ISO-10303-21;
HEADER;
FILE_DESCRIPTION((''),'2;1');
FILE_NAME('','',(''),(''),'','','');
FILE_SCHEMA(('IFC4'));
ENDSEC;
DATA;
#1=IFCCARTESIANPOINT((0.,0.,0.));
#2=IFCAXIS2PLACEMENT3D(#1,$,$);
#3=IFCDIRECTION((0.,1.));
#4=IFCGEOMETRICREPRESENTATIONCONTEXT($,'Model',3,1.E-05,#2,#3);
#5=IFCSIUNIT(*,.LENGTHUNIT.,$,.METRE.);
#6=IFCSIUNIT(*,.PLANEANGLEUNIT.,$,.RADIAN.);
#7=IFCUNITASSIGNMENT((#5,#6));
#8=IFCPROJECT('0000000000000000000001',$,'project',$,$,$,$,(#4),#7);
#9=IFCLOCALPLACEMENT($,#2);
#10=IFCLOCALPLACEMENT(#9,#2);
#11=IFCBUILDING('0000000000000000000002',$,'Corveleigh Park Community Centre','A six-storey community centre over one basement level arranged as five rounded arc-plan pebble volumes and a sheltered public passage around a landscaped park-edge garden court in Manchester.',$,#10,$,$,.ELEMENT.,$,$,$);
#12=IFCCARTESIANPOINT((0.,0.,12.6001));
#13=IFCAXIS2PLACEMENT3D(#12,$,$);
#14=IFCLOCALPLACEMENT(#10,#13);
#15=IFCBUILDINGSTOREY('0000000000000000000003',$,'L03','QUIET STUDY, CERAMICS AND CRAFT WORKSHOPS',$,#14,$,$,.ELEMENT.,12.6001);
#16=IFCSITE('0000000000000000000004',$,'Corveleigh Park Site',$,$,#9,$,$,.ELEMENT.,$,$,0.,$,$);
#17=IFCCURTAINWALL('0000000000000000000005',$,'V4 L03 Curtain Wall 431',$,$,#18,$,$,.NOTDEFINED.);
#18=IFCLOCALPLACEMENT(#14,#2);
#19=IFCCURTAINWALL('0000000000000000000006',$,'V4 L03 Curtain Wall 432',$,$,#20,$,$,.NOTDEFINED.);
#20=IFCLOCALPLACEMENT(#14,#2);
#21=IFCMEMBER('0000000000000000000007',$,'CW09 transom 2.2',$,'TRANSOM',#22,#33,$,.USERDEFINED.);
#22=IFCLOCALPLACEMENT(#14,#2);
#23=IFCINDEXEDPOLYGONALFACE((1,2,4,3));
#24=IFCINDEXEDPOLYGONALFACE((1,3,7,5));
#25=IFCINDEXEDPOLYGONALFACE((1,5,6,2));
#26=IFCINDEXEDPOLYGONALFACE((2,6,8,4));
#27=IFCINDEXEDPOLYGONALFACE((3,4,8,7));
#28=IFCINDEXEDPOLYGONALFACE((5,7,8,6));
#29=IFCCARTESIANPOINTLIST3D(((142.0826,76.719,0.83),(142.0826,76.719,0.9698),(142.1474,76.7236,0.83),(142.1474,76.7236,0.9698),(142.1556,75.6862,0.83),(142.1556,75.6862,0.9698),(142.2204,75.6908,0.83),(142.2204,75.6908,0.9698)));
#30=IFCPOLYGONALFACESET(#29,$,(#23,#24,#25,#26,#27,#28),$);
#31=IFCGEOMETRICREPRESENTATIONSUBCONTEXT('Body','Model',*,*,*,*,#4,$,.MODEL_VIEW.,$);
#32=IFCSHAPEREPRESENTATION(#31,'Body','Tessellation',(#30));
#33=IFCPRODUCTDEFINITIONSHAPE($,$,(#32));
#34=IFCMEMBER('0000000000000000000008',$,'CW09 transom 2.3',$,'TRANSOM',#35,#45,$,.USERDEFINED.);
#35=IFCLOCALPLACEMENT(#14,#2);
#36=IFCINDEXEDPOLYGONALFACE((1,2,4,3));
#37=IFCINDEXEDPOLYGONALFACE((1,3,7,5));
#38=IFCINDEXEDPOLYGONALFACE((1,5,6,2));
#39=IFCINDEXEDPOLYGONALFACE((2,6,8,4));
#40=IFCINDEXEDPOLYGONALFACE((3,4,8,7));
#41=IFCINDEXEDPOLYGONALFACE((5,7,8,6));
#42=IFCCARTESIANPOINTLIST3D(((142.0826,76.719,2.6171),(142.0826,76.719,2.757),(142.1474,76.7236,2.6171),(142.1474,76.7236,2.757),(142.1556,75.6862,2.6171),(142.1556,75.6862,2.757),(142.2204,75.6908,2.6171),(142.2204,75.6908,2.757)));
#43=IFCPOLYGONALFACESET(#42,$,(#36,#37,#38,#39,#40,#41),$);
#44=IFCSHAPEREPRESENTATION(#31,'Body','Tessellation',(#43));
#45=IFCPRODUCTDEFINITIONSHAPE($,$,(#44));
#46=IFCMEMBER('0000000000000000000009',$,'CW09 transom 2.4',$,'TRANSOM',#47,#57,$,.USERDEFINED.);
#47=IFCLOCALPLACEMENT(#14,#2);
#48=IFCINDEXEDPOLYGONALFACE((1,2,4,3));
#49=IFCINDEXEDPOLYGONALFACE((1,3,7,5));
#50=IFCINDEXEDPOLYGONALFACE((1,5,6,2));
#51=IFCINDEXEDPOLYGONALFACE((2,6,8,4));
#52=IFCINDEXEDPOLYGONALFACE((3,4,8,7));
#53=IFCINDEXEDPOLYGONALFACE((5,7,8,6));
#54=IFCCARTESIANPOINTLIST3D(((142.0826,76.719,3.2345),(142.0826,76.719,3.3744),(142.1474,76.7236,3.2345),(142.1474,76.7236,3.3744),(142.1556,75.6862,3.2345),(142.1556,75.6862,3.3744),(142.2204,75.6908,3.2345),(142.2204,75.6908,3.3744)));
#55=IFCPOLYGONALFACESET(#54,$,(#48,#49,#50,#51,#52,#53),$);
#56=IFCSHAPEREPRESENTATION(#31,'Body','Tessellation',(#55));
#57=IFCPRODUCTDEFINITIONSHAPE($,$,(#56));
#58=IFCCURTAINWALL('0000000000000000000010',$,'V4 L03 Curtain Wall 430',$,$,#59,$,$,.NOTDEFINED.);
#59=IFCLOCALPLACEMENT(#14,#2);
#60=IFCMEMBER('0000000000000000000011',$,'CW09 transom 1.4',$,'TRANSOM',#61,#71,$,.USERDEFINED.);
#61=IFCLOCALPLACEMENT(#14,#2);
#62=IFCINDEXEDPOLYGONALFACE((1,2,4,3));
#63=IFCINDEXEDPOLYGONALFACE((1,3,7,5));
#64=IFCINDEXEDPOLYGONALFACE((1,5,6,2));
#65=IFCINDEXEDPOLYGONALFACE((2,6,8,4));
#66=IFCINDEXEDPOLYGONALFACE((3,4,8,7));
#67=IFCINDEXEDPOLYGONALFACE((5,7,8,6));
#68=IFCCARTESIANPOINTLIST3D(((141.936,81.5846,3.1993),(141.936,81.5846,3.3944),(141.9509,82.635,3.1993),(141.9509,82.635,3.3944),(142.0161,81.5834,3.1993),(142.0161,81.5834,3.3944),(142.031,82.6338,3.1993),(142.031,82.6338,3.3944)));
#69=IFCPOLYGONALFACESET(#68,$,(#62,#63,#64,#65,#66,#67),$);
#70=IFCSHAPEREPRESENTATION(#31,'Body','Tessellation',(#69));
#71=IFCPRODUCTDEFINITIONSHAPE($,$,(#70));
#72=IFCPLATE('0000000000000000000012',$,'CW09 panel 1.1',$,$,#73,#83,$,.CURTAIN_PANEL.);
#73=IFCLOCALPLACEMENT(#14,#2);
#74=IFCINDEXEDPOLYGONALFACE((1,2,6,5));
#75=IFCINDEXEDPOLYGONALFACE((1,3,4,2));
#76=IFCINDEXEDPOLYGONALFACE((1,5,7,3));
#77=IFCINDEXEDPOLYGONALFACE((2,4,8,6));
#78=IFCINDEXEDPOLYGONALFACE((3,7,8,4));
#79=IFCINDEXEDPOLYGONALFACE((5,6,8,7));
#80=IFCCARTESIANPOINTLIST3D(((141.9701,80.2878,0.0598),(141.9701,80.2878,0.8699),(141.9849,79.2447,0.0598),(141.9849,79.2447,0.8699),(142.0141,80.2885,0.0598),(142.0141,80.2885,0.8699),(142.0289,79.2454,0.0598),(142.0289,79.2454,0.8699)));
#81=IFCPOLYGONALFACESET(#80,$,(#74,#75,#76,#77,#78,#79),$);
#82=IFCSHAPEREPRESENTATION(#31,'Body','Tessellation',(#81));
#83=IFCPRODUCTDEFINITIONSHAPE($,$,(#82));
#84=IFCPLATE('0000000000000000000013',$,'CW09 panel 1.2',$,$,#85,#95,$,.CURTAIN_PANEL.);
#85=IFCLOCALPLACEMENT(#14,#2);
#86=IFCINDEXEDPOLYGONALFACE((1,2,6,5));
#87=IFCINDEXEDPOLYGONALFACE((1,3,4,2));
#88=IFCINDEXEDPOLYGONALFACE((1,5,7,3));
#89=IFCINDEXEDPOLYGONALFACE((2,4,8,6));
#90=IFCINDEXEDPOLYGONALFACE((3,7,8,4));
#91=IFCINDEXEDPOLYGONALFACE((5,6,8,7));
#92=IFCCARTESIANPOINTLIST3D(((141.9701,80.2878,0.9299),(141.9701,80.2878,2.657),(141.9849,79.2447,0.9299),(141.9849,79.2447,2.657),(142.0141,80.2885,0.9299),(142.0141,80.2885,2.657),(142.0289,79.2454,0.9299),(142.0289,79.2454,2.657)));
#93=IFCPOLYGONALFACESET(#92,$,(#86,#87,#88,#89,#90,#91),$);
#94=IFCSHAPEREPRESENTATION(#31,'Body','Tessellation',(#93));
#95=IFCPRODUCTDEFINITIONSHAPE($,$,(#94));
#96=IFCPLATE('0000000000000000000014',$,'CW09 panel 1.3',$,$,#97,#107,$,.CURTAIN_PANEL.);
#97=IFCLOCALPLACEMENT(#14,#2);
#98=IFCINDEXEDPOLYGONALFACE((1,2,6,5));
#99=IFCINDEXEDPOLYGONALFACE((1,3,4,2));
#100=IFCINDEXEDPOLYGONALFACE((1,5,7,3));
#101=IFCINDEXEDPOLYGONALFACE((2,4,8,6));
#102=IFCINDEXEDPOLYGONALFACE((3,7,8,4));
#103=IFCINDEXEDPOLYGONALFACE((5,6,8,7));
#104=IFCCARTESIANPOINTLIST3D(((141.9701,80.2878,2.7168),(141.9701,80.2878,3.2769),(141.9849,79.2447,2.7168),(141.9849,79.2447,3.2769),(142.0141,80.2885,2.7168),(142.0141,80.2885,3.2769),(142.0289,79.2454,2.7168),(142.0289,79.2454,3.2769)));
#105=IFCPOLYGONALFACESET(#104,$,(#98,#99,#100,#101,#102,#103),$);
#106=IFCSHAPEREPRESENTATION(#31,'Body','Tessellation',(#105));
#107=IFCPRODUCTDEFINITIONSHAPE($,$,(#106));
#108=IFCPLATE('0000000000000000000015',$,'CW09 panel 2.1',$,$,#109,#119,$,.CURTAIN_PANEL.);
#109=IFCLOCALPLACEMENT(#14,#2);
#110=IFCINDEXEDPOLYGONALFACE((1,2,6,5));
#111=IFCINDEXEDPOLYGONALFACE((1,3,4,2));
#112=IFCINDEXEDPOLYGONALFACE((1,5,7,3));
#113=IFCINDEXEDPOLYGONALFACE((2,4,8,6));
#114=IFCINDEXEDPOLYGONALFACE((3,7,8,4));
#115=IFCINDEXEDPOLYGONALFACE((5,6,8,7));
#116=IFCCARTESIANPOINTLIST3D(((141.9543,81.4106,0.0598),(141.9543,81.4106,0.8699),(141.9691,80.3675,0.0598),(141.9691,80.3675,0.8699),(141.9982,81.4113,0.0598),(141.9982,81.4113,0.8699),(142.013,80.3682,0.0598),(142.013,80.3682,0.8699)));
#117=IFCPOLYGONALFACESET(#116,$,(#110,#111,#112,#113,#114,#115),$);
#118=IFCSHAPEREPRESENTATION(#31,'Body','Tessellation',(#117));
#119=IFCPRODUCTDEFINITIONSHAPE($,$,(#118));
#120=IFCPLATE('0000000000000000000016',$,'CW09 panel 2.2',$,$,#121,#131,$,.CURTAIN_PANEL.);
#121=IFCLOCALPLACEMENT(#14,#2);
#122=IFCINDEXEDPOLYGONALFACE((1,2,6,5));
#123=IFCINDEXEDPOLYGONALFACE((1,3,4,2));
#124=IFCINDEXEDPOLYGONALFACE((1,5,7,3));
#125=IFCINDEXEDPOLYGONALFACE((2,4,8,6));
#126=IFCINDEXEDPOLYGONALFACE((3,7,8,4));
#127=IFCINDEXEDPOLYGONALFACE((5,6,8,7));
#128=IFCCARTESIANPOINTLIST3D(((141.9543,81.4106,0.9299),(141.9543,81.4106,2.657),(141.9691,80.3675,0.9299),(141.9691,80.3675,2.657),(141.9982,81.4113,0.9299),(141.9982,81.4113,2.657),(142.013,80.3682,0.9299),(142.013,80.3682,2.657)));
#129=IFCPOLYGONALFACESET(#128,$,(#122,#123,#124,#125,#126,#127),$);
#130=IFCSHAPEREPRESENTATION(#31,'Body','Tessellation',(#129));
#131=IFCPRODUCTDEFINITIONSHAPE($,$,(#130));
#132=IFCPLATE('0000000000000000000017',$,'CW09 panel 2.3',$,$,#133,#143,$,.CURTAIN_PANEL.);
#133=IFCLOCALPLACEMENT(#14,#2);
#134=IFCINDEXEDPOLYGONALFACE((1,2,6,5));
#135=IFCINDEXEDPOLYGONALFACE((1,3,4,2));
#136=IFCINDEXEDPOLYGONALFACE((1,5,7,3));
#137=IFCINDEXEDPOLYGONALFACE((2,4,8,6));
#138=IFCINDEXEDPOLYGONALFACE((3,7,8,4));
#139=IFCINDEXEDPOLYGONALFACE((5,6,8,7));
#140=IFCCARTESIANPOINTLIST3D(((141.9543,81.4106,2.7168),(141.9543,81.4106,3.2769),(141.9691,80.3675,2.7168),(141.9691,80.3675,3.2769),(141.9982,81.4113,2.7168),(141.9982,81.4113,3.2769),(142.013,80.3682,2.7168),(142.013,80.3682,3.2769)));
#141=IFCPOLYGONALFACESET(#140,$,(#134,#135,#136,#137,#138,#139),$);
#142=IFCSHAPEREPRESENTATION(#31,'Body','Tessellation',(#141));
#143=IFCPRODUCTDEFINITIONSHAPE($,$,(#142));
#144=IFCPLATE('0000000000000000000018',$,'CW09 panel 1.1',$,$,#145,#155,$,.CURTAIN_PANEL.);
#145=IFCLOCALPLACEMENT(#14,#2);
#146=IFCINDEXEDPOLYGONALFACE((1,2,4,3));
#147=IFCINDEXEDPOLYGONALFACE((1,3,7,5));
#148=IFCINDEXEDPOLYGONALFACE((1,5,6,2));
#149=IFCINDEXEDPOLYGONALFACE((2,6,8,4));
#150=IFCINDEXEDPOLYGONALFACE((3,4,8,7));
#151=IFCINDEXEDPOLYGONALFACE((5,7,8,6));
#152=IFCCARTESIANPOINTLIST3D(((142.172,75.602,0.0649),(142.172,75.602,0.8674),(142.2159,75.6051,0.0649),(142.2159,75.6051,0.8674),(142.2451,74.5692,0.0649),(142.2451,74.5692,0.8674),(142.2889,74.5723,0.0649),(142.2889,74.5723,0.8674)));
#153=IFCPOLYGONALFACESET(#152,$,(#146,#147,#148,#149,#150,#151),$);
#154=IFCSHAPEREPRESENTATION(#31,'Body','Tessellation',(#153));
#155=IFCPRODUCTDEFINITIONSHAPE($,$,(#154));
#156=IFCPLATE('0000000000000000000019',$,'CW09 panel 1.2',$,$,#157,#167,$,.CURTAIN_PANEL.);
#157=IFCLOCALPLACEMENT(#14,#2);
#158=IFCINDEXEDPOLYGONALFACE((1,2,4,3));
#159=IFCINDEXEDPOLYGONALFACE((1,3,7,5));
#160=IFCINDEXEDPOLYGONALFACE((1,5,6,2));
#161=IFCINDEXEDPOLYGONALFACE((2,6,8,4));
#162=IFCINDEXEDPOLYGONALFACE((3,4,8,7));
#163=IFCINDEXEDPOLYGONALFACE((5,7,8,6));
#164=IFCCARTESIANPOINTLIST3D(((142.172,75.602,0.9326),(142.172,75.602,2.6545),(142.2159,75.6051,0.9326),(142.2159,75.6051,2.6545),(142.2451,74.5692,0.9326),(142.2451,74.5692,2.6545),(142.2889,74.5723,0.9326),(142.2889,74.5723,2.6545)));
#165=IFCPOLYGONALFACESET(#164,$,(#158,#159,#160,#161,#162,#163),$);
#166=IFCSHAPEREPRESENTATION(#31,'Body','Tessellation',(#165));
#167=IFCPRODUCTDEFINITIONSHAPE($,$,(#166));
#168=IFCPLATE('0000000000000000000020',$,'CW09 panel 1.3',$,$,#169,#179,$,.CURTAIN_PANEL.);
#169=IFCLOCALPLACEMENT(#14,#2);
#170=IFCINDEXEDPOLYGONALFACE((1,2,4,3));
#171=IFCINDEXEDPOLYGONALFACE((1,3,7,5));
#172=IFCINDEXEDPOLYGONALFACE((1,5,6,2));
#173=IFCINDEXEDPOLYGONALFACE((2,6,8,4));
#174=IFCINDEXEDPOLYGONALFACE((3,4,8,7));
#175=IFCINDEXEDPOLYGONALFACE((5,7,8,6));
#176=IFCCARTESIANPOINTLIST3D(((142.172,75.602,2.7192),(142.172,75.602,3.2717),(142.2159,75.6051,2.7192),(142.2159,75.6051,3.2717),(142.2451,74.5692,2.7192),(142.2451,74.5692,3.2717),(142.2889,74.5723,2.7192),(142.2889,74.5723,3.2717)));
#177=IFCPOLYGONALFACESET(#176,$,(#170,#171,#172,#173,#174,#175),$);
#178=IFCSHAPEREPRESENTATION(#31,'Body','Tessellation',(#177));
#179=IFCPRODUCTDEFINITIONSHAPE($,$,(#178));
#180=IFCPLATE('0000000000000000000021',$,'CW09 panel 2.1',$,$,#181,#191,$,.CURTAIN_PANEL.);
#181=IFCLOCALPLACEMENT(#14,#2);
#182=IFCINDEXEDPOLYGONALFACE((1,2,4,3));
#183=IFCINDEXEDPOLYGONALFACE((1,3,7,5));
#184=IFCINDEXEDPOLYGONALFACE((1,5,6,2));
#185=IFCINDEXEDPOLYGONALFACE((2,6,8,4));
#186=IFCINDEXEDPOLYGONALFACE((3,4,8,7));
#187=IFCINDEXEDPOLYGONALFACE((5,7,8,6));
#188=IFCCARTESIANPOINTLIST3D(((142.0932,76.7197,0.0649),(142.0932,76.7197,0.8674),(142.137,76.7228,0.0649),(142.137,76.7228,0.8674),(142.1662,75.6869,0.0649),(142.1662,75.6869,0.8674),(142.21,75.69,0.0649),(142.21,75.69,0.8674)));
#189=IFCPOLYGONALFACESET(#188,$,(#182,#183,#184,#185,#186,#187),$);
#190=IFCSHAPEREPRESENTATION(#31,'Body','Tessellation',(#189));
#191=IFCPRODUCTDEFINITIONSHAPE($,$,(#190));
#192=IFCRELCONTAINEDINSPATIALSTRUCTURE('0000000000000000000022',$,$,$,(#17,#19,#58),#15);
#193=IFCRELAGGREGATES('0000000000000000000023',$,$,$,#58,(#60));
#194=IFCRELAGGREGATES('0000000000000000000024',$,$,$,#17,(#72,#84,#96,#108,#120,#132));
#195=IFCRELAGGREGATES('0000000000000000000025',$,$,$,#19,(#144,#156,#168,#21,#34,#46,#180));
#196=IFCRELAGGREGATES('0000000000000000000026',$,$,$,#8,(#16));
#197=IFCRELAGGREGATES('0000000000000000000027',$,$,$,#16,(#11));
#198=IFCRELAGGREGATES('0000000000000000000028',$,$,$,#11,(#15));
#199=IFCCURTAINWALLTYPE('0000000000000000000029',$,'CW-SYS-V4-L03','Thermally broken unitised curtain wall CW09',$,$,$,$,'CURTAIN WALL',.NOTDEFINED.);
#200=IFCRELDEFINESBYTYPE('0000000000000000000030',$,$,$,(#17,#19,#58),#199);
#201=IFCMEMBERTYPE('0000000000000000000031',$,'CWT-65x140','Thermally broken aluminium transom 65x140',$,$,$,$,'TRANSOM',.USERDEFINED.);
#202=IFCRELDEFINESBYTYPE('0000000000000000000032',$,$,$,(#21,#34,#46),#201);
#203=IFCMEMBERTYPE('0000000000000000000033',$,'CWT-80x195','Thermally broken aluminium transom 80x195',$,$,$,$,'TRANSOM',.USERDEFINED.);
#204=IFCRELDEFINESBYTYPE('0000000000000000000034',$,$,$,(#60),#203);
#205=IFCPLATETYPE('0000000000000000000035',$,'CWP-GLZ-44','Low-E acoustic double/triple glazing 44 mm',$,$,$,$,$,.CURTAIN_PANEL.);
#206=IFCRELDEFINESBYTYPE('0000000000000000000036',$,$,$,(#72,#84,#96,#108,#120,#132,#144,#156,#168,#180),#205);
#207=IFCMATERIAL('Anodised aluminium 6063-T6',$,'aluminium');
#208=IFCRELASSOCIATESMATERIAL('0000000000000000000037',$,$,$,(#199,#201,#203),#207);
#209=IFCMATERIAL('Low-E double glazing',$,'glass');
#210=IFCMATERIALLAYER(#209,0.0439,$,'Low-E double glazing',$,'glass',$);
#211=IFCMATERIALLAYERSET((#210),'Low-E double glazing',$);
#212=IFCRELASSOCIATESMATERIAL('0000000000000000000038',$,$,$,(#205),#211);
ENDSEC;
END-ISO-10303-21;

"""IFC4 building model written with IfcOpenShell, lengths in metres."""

from ifc_helpers import new_model, si_unit, direction, frame, origin, origin_2d, place, context, subcontext, project, spatial, rectangle, extrude, material, layer, layer_set, material_profile, profile_set, type_object, element, aggregate, save


model = new_model("IFC4")

# Units and contexts
model_context = context("Model", 3, precision=1e-05, world=origin(), true_north=direction((0.0, 1.0)))
body_context = subcontext(model_context, "Body", "Model", "MODEL_VIEW")
ifc_project = project(units=[si_unit("LENGTHUNIT", "METRE"), si_unit("PLANEANGLEUNIT", "RADIAN")], contexts=[model_context])

# Site, building, storey
site_placement = place(None, origin())
site = spatial("IfcSite", under=ifc_project, at=site_placement, Name="Corveleigh Park Site", CompositionType="ELEMENT", RefElevation=0.0)
building_placement = place(site_placement, origin())
building = spatial("IfcBuilding", under=site, at=building_placement, Name="Corveleigh Park Community Centre", Description="A six-storey community centre over one basement level arranged as five rounded arc-plan pebble volumes and a sheltered public passage around a landscaped park-edge garden court in Manchester.", CompositionType="ELEMENT")
storey_placement = place(building_placement, frame((0.0, 0.0, 12.6001)))
storey = spatial("IfcBuildingStorey", under=building, at=storey_placement, Name="L03", Description="QUIET STUDY, CERAMICS AND CRAFT WORKSHOPS", CompositionType="ELEMENT", Elevation=12.6001)

# Curtain walls
ifc_material_1 = material(Name="Anodised aluminium 6063-T6", Category="aluminium")
curtain_wall_type = type_object("IfcCurtainWallType", Name="CW-SYS-V4-L03", Description="Thermally broken unitised curtain wall CW09", ElementType="CURTAIN WALL", PredefinedType="NOTDEFINED", material=ifc_material_1)
curtain_wall_1_placement = place(storey_placement, origin())
curtain_wall_1 = element("IfcCurtainWall", 1, at=curtain_wall_1_placement, inside=storey, type_object=curtain_wall_type, Name="V4 L03 Curtain Wall 431", PredefinedType="NOTDEFINED")
curtain_wall_2_placement = place(storey_placement, origin())
curtain_wall_2 = element("IfcCurtainWall", 2, at=curtain_wall_2_placement, inside=storey, type_object=curtain_wall_type, Name="V4 L03 Curtain Wall 432", PredefinedType="NOTDEFINED")

# Members
ifc_material_profile_1 = material_profile(ifc_material_1, rectangle(XDim=0.0649, YDim=0.1399, at=origin_2d()), Name="ALU-T65x140", Category="aluminium")
ifc_profile_set_1 = profile_set([ifc_material_profile_1], Name="Anodised aluminium 6063-T6")
member_type_1 = type_object("IfcMemberType", Name="CWT-65x140", Description="Thermally broken aluminium transom 65x140", ElementType="TRANSOM", PredefinedType="USERDEFINED", material=ifc_profile_set_1)
member_1_placement = place(storey_placement, frame((142.188, 75.6885, 0.8999), z_axis=(-0.07051, 0.997511, 0.0), x_axis=(-0.997511, -0.07051, 0.0)))
member_1 = element("IfcMember", 3, at=member_1_placement, type_object=member_type_1, Name="CW09 transom 2.2", ObjectType="TRANSOM", PredefinedType="USERDEFINED", context=body_context, shape_type="SweptSolid", body=[
    extrude(rectangle(XDim=0.0649, YDim=0.1399, at=origin_2d()), origin(), (0.0, 0.0, 1.0), 1.0354),
])
member_2_placement = place(storey_placement, frame((142.188, 75.6885, 2.687), z_axis=(-0.07051, 0.997511, 0.0), x_axis=(-0.997511, -0.07051, 0.0)))
member_2 = element("IfcMember", 4, at=member_2_placement, type_object=member_type_1, Name="CW09 transom 2.3", ObjectType="TRANSOM", PredefinedType="USERDEFINED", context=body_context, shape_type="SweptSolid", body=[
    extrude(rectangle(XDim=0.0649, YDim=0.1399, at=origin_2d()), origin(), (0.0, 0.0, 1.0), 1.0354),
])
member_3_placement = place(storey_placement, frame((142.188, 75.6885, 3.3044), z_axis=(-0.07051, 0.997511, 0.0), x_axis=(-0.997511, -0.07051, 0.0)))
member_3 = element("IfcMember", 5, at=member_3_placement, type_object=member_type_1, Name="CW09 transom 2.4", ObjectType="TRANSOM", PredefinedType="USERDEFINED", context=body_context, shape_type="SweptSolid", body=[
    extrude(rectangle(XDim=0.0649, YDim=0.1399, at=origin_2d()), origin(), (0.0, 0.0, 1.0), 1.0354),
])

# Curtain wall, member
curtain_wall_3_placement = place(storey_placement, origin())
curtain_wall_3 = element("IfcCurtainWall", 6, at=curtain_wall_3_placement, inside=storey, type_object=curtain_wall_type, Name="V4 L03 Curtain Wall 430", PredefinedType="NOTDEFINED")
ifc_material_profile_2 = material_profile(ifc_material_1, rectangle(XDim=0.0801, YDim=0.1951, at=origin_2d()), Name="ALU-T80x195", Category="aluminium")
ifc_profile_set_2 = profile_set([ifc_material_profile_2], Name="Anodised aluminium 6063-T6")
member_type_2 = type_object("IfcMemberType", Name="CWT-80x195", Description="Thermally broken aluminium transom 80x195", ElementType="TRANSOM", PredefinedType="USERDEFINED", material=ifc_profile_set_2)
member_4_placement = place(storey_placement, frame((141.9761, 81.584, 3.2969), z_axis=(0.014175, 0.9999, 0.0), x_axis=(-0.9999, 0.014175, 0.0)))
member_4 = element("IfcMember", 7, at=member_4_placement, type_object=member_type_2, Name="CW09 transom 1.4", ObjectType="TRANSOM", PredefinedType="USERDEFINED", context=body_context, shape_type="SweptSolid", body=[
    extrude(rectangle(XDim=0.0801, YDim=0.1951, at=origin_2d()), origin(), (0.0, 0.0, 1.0), 1.0505),
])
aggregate(curtain_wall_3, [member_4])

# Plates
ifc_material_2 = material(Name="Low-E double glazing", Category="glass")
ifc_layer_1 = layer(ifc_material_2, 0.0439, Name="Low-E double glazing", Category="glass")
ifc_layer_set_1 = layer_set([ifc_layer_1], Name="Low-E double glazing")
plate_type = type_object("IfcPlateType", Name="CWP-GLZ-44", Description="Low-E acoustic double/triple glazing 44 mm", PredefinedType="CURTAIN_PANEL", material=ifc_layer_set_1)
plate_1_placement = place(storey_placement, frame((141.9995, 79.7666, 0.0598), z_axis=(0.0, 0.0, 1.0), x_axis=(-0.014186, 0.999899, 0.0)))
plate_1 = element("IfcPlate", 8, at=plate_1_placement, type_object=plate_type, Name="CW09 panel 1.1", PredefinedType="CURTAIN_PANEL", context=body_context, shape_type="SweptSolid", body=[
    extrude(rectangle(XDim=1.0432, YDim=0.0439, at=origin_2d()), origin(), (0.0, 0.0, 1.0), 0.8101),
])
plate_2_placement = place(storey_placement, frame((141.9995, 79.7666, 0.9299), z_axis=(0.0, 0.0, 1.0), x_axis=(-0.014186, 0.999899, 0.0)))
plate_2 = element("IfcPlate", 9, at=plate_2_placement, type_object=plate_type, Name="CW09 panel 1.2", PredefinedType="CURTAIN_PANEL", context=body_context, shape_type="SweptSolid", body=[
    extrude(rectangle(XDim=1.0432, YDim=0.0439, at=origin_2d()), origin(), (0.0, 0.0, 1.0), 1.7271),
])
plate_3_placement = place(storey_placement, frame((141.9995, 79.7666, 2.7168), z_axis=(0.0, 0.0, 1.0), x_axis=(-0.014186, 0.999899, 0.0)))
plate_3 = element("IfcPlate", 10, at=plate_3_placement, type_object=plate_type, Name="CW09 panel 1.3", PredefinedType="CURTAIN_PANEL", context=body_context, shape_type="SweptSolid", body=[
    extrude(rectangle(XDim=1.0432, YDim=0.0439, at=origin_2d()), origin(), (0.0, 0.0, 1.0), 0.5601),
])
plate_4_placement = place(storey_placement, frame((141.9836, 80.8894, 0.0598), z_axis=(0.0, 0.0, 1.0), x_axis=(-0.014186, 0.999899, 0.0)))
plate_4 = element("IfcPlate", 11, at=plate_4_placement, type_object=plate_type, Name="CW09 panel 2.1", PredefinedType="CURTAIN_PANEL", context=body_context, shape_type="SweptSolid", body=[
    extrude(rectangle(XDim=1.0432, YDim=0.0439, at=origin_2d()), origin(), (0.0, 0.0, 1.0), 0.8101),
])
plate_5_placement = place(storey_placement, frame((141.9836, 80.8894, 0.9299), z_axis=(0.0, 0.0, 1.0), x_axis=(-0.014186, 0.999899, 0.0)))
plate_5 = element("IfcPlate", 12, at=plate_5_placement, type_object=plate_type, Name="CW09 panel 2.2", PredefinedType="CURTAIN_PANEL", context=body_context, shape_type="SweptSolid", body=[
    extrude(rectangle(XDim=1.0432, YDim=0.0439, at=origin_2d()), origin(), (0.0, 0.0, 1.0), 1.7271),
])
plate_6_placement = place(storey_placement, frame((141.9836, 80.8894, 2.7168), z_axis=(0.0, 0.0, 1.0), x_axis=(-0.014186, 0.999899, 0.0)))
plate_6 = element("IfcPlate", 13, at=plate_6_placement, type_object=plate_type, Name="CW09 panel 2.3", PredefinedType="CURTAIN_PANEL", context=body_context, shape_type="SweptSolid", body=[
    extrude(rectangle(XDim=1.0432, YDim=0.0439, at=origin_2d()), origin(), (0.0, 0.0, 1.0), 0.5601),
])
aggregate(curtain_wall_1, [plate_1, plate_2, plate_3, plate_4, plate_5, plate_6])
plate_7_placement = place(storey_placement, frame((142.2305, 75.0872, 0.0649), z_axis=(0.0, 0.0, 1.0), x_axis=(-0.070514, 0.997511, 0.0)))
plate_7 = element("IfcPlate", 14, at=plate_7_placement, type_object=plate_type, Name="CW09 panel 1.1", PredefinedType="CURTAIN_PANEL", context=body_context, shape_type="SweptSolid", body=[
    extrude(rectangle(XDim=1.0354, YDim=0.0439, at=origin_2d()), origin(), (0.0, 0.0, 1.0), 0.8025),
])
plate_8_placement = place(storey_placement, frame((142.2305, 75.0872, 0.9326), z_axis=(0.0, 0.0, 1.0), x_axis=(-0.070514, 0.997511, 0.0)))
plate_8 = element("IfcPlate", 15, at=plate_8_placement, type_object=plate_type, Name="CW09 panel 1.2", PredefinedType="CURTAIN_PANEL", context=body_context, shape_type="SweptSolid", body=[
    extrude(rectangle(XDim=1.0354, YDim=0.0439, at=origin_2d()), origin(), (0.0, 0.0, 1.0), 1.7219),
])
plate_9_placement = place(storey_placement, frame((142.2305, 75.0872, 2.7192), z_axis=(0.0, 0.0, 1.0), x_axis=(-0.070514, 0.997511, 0.0)))
plate_9 = element("IfcPlate", 16, at=plate_9_placement, type_object=plate_type, Name="CW09 panel 1.3", PredefinedType="CURTAIN_PANEL", context=body_context, shape_type="SweptSolid", body=[
    extrude(rectangle(XDim=1.0354, YDim=0.0439, at=origin_2d()), origin(), (0.0, 0.0, 1.0), 0.5525),
])
plate_10_placement = place(storey_placement, frame((142.1516, 76.2048, 0.0649), z_axis=(0.0, 0.0, 1.0), x_axis=(-0.070514, 0.997511, 0.0)))
plate_10 = element("IfcPlate", 17, at=plate_10_placement, type_object=plate_type, Name="CW09 panel 2.1", PredefinedType="CURTAIN_PANEL", context=body_context, shape_type="SweptSolid", body=[
    extrude(rectangle(XDim=1.0354, YDim=0.0439, at=origin_2d()), origin(), (0.0, 0.0, 1.0), 0.8025),
])
aggregate(curtain_wall_2, [plate_7, plate_8, plate_9, member_1, member_2, member_3, plate_10])

save(model, "model.ifc")
